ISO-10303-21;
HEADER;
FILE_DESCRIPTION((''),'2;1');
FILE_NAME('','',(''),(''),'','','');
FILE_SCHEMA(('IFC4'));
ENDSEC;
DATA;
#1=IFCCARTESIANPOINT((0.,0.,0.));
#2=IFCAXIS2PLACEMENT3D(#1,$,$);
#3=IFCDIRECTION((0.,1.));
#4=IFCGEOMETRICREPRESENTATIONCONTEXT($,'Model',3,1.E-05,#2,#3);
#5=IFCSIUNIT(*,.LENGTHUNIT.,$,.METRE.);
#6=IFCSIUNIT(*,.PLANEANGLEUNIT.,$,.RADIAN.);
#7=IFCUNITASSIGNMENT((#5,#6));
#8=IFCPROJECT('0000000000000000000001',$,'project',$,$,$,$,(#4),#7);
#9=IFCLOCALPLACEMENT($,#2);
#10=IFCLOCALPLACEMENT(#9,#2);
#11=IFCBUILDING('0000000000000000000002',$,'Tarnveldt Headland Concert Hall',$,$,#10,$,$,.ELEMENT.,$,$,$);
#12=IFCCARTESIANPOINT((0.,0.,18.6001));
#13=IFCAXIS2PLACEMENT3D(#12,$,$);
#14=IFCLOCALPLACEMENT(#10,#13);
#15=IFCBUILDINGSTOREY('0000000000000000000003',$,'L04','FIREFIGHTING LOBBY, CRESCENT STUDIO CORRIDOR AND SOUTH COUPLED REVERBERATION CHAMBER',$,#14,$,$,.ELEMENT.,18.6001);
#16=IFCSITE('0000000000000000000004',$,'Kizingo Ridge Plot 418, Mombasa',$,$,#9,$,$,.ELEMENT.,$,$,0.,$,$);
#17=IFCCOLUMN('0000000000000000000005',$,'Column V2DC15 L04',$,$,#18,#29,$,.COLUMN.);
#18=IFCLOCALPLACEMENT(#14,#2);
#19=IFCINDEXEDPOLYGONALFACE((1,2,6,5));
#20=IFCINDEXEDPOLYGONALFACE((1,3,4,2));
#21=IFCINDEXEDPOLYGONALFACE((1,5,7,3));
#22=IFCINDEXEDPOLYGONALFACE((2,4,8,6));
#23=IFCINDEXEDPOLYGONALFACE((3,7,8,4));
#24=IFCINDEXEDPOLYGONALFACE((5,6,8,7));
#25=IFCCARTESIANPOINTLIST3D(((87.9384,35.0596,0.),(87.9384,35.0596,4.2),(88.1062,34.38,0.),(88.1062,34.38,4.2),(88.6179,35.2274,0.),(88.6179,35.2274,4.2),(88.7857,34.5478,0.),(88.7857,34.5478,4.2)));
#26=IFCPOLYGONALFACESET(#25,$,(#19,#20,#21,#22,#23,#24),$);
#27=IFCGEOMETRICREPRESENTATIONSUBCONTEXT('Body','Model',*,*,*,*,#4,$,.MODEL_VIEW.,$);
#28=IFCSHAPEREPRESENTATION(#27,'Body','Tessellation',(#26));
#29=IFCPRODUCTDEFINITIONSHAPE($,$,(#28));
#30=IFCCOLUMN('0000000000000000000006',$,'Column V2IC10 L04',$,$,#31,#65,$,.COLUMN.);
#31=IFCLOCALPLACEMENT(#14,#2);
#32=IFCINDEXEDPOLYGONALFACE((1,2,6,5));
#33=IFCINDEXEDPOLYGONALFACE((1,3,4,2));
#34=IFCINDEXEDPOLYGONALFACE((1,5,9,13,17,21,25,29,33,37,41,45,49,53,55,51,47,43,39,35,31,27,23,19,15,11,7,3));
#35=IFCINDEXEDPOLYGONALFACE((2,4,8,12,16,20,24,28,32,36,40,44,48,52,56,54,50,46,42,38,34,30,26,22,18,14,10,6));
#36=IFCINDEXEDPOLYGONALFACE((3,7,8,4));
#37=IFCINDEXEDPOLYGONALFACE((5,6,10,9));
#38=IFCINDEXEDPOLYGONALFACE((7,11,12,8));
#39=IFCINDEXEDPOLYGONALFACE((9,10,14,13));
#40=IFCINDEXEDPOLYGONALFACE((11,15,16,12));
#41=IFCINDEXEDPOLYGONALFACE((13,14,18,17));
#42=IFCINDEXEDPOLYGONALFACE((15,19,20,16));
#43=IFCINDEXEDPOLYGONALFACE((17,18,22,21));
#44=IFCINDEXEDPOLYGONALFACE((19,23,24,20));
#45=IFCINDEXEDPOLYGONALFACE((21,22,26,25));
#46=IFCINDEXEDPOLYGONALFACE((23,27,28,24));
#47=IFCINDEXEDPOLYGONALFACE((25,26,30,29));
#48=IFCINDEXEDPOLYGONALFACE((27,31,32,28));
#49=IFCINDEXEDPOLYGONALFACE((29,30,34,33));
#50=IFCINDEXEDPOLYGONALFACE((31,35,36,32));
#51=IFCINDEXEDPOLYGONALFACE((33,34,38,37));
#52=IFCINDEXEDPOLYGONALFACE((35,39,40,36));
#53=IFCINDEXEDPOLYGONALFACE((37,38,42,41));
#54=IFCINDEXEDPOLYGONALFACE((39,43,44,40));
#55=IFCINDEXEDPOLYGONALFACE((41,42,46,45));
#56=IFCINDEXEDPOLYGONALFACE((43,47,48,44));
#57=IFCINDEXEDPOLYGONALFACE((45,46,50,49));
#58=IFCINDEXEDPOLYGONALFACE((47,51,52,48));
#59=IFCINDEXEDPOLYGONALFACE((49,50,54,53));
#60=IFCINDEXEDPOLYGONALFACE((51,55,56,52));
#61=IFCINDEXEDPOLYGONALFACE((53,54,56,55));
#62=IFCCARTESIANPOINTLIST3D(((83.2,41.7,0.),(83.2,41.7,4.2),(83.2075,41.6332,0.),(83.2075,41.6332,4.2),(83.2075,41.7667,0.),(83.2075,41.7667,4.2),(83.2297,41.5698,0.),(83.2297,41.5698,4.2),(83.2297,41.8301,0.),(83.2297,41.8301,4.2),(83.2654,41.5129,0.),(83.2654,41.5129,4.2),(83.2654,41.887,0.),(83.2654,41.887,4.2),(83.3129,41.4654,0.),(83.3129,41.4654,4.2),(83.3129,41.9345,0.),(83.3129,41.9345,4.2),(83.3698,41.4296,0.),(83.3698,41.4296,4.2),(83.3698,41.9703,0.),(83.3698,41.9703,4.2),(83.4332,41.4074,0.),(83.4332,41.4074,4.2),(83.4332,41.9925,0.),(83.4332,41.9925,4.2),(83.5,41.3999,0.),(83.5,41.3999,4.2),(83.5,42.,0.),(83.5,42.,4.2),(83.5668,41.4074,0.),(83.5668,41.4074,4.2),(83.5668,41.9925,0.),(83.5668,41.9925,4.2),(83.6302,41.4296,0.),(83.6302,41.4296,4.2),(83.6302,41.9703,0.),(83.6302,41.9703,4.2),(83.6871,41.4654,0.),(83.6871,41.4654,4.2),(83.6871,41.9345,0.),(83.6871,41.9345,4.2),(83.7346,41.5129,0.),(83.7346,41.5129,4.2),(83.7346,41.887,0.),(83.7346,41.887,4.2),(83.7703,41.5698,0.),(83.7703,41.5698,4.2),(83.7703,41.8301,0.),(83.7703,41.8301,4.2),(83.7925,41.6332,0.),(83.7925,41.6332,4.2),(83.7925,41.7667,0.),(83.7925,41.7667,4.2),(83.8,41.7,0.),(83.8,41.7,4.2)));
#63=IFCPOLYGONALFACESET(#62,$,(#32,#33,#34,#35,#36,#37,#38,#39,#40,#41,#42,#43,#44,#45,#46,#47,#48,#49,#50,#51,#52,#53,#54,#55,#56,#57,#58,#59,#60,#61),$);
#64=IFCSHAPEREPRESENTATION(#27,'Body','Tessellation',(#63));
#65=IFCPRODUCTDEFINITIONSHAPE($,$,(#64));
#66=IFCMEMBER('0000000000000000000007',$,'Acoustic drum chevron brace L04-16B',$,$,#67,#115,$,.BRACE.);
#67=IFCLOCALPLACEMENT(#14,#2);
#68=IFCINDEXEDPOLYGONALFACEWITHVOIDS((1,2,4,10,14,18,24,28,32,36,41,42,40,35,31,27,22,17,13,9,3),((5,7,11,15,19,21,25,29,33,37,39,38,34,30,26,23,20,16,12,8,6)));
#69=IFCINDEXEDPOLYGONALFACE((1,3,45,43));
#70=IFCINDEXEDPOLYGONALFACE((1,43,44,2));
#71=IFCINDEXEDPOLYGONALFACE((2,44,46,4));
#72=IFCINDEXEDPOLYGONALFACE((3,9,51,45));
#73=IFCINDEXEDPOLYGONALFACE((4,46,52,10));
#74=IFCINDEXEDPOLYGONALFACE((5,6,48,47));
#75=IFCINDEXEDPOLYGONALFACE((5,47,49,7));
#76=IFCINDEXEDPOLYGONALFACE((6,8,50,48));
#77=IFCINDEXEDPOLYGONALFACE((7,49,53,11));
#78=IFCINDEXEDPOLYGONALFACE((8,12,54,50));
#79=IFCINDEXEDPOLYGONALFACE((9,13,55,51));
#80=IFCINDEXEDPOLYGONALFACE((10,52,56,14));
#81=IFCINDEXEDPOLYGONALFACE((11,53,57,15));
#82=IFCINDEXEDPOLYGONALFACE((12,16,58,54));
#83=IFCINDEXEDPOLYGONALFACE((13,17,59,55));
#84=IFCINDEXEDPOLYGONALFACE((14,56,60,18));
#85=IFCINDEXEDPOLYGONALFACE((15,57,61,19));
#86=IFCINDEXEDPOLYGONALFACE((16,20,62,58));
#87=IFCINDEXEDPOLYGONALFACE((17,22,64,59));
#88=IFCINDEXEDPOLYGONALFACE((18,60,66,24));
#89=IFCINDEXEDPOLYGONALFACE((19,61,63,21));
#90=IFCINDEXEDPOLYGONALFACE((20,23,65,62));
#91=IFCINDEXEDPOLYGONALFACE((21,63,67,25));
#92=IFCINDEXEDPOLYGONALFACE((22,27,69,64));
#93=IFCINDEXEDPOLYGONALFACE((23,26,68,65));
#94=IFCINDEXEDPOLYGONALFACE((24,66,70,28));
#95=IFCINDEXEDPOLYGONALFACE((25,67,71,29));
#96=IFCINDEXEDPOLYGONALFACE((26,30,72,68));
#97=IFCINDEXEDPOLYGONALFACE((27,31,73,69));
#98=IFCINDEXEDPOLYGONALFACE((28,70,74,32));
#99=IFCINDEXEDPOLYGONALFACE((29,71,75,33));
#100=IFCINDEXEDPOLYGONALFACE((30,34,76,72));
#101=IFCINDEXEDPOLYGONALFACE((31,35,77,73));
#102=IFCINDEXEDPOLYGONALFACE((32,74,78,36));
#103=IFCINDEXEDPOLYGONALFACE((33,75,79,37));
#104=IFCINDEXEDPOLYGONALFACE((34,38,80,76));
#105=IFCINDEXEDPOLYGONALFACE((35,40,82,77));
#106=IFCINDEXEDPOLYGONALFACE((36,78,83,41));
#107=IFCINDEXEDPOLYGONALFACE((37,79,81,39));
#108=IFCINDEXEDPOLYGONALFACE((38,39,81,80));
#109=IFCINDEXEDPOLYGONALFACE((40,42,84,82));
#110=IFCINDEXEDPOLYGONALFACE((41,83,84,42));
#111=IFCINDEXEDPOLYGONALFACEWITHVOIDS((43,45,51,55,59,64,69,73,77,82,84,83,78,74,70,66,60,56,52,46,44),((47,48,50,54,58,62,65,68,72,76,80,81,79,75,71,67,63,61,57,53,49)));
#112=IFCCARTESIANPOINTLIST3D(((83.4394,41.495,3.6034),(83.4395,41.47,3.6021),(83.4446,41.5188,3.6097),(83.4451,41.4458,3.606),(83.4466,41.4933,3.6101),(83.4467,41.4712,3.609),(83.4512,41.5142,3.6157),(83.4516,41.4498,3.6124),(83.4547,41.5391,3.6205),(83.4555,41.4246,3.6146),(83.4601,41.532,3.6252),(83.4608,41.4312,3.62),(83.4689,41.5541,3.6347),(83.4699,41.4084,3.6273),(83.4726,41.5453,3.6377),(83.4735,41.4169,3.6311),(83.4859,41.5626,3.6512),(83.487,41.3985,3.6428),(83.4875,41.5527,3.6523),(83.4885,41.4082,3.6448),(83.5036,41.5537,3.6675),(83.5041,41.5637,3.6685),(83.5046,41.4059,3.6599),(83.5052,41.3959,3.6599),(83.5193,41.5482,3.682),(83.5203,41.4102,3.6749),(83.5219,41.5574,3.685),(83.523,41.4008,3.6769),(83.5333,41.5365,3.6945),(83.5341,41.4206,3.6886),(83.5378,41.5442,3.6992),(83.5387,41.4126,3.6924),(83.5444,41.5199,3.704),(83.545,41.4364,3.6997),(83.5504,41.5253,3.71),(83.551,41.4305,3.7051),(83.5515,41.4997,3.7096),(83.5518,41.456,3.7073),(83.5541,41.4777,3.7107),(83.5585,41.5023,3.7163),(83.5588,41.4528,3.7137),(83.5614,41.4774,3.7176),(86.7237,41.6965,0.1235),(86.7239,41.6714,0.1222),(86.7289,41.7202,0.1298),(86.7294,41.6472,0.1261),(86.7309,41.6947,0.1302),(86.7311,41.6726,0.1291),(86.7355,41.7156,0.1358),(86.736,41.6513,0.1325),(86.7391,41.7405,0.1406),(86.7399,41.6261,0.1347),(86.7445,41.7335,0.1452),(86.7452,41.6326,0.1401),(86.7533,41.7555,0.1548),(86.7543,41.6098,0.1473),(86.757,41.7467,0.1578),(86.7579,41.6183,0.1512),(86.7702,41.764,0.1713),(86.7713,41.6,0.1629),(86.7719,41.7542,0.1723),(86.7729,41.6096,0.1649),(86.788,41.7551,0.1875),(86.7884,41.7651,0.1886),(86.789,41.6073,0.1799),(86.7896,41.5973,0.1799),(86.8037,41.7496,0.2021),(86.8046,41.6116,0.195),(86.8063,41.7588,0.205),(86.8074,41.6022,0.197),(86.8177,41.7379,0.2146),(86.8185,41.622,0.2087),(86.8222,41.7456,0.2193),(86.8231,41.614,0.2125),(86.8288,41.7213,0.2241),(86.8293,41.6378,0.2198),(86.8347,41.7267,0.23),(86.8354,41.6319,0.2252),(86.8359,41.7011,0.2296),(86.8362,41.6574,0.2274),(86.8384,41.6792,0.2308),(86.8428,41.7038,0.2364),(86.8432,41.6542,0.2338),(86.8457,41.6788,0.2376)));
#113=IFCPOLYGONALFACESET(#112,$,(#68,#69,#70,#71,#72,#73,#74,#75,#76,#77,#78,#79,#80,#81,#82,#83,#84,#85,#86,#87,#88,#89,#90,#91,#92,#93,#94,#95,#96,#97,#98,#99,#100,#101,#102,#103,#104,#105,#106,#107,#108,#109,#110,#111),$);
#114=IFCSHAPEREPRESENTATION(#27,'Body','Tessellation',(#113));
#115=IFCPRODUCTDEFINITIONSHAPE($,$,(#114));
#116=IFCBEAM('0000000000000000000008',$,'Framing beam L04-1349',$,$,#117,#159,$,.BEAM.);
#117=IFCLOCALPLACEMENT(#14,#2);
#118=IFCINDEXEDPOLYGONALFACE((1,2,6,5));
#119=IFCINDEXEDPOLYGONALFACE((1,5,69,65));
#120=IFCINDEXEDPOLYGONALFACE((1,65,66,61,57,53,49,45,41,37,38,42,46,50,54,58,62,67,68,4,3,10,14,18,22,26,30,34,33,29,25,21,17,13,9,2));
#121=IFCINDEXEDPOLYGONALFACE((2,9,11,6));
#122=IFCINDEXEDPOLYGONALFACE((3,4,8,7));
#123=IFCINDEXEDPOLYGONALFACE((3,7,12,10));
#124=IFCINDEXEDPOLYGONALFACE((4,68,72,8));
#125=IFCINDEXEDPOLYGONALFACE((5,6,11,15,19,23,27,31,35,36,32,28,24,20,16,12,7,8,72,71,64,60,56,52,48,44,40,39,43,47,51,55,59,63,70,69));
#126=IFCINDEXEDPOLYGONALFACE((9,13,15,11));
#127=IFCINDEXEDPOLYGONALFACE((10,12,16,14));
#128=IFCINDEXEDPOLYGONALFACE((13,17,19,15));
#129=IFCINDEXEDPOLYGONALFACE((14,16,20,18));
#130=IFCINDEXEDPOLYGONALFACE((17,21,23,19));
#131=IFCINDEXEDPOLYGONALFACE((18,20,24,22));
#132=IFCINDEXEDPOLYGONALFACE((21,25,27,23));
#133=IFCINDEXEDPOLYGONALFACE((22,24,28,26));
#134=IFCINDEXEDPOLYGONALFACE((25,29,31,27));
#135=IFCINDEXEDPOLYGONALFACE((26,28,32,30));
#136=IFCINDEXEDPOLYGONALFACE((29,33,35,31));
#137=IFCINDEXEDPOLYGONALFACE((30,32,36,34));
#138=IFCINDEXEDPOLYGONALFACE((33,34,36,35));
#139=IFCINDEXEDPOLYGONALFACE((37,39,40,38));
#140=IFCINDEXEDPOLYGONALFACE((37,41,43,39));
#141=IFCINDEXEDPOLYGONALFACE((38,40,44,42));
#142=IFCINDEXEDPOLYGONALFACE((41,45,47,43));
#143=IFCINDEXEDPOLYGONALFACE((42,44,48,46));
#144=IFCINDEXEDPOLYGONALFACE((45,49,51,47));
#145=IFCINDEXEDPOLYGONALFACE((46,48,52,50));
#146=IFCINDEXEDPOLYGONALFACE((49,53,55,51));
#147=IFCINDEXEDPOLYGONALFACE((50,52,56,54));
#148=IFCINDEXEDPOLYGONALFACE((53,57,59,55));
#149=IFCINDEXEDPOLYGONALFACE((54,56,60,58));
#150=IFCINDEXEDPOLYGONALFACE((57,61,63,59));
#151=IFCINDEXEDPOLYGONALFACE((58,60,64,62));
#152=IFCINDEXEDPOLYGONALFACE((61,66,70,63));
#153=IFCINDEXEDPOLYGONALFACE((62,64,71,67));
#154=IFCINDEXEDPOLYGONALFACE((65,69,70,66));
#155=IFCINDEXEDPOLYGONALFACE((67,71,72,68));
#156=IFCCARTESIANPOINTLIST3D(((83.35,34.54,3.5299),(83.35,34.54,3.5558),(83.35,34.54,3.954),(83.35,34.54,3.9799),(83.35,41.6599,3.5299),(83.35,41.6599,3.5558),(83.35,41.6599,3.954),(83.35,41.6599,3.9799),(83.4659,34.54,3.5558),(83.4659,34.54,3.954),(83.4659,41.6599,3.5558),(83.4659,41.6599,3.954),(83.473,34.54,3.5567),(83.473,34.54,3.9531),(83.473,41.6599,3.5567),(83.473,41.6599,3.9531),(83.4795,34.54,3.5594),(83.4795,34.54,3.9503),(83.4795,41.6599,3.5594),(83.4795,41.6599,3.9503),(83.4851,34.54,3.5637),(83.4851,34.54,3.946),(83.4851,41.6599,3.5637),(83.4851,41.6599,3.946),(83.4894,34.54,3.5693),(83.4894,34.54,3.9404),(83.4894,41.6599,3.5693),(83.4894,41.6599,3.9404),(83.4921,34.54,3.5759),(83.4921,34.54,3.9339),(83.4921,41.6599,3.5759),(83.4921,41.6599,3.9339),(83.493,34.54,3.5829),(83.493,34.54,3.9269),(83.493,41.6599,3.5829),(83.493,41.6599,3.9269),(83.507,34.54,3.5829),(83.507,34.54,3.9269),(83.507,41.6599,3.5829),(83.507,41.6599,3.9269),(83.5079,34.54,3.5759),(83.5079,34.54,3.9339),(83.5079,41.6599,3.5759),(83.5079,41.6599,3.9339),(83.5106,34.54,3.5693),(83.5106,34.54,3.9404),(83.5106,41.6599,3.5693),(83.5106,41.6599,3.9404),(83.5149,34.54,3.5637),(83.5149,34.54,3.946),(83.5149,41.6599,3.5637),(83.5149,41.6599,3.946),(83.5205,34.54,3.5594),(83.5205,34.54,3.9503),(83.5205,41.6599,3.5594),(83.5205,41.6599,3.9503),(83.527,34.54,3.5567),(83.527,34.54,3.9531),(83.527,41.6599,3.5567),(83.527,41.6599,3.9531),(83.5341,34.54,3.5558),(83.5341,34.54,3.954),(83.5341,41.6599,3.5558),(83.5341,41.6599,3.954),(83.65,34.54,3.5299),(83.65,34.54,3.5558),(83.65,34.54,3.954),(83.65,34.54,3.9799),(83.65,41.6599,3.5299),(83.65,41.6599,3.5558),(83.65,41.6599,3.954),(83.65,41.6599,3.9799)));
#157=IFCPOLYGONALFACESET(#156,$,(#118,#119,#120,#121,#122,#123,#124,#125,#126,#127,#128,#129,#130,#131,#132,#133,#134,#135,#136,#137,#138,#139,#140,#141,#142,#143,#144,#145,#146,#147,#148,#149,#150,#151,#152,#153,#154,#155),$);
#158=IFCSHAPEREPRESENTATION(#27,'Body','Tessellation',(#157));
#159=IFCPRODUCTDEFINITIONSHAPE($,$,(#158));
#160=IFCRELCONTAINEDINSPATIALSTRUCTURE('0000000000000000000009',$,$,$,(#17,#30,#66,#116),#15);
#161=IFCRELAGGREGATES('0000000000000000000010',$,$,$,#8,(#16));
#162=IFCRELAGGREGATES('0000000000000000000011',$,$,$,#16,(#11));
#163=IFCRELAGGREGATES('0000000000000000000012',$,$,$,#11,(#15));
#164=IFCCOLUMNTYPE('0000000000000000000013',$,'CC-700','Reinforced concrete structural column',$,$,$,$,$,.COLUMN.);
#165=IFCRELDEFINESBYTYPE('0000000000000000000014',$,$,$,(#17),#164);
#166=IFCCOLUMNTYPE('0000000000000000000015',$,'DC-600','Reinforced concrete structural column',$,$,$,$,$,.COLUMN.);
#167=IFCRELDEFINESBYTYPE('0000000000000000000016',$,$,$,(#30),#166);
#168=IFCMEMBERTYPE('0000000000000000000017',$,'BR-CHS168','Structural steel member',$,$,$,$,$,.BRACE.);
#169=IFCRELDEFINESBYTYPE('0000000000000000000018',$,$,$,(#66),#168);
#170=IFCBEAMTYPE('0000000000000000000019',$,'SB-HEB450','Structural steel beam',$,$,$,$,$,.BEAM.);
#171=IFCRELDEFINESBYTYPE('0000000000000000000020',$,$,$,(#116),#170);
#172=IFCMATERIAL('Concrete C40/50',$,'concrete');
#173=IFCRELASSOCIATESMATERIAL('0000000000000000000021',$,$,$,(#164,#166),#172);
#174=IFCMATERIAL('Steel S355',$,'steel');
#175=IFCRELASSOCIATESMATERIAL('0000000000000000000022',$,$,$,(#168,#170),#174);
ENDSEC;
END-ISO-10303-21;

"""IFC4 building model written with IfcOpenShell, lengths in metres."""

from ifc_helpers import new_model, si_unit, direction, frame, origin, origin_2d, place, context, subcontext, project, spatial, rectangle, circle, hollow_circle, i_section, extrude, material, material_profile, profile_set, type_object, element, save


model = new_model("IFC4")

# Units and contexts
model_context = context("Model", 3, precision=1e-05, world=origin(), true_north=direction((0.0, 1.0)))
body_context = subcontext(model_context, "Body", "Model", "MODEL_VIEW")
ifc_project = project(units=[si_unit("LENGTHUNIT", "METRE"), si_unit("PLANEANGLEUNIT", "RADIAN")], contexts=[model_context])

# Site, building, storey
site_placement = place(None, origin())
site = spatial("IfcSite", under=ifc_project, at=site_placement, Name="Kizingo Ridge Plot 418, Mombasa", CompositionType="ELEMENT", RefElevation=0.0)
building_placement = place(site_placement, origin())
building = spatial("IfcBuilding", under=site, at=building_placement, Name="Tarnveldt Headland Concert Hall", CompositionType="ELEMENT")
storey_placement = place(building_placement, frame((0.0, 0.0, 18.6001)))
storey = spatial("IfcBuildingStorey", under=building, at=storey_placement, Name="L04", Description="FIREFIGHTING LOBBY, CRESCENT STUDIO CORRIDOR AND SOUTH COUPLED REVERBERATION CHAMBER", CompositionType="ELEMENT", Elevation=18.6001)

# Columns
ifc_material_1 = material(Name="Concrete C40/50", Category="concrete")
ifc_material_profile_1 = material_profile(ifc_material_1, rectangle(XDim=0.7, YDim=0.7, at=origin_2d()), Name="RC 700x700", Category="concrete")
ifc_profile_set_1 = profile_set([ifc_material_profile_1], Name="Concrete C40/50")
column_type_1 = type_object("IfcColumnType", Name="CC-700", Description="Reinforced concrete structural column", PredefinedType="COLUMN", material=ifc_profile_set_1)
column_1_placement = place(storey_placement, frame((88.3621, 34.8037, 0.0), z_axis=(0.0, 0.0, 1.0), x_axis=(0.23972, -0.970842, 0.0)))
element("IfcColumn", 1, at=column_1_placement, inside=storey, type_object=column_type_1, Name="Column V2DC15 L04", PredefinedType="COLUMN", context=body_context, shape_type="SweptSolid", body=[
    extrude(rectangle(XDim=0.7, YDim=0.7, at=origin_2d()), origin(), (0.0, 0.0, 1.0), 4.2),
])
ifc_material_profile_2 = material_profile(ifc_material_1, circle(Radius=0.3, at=origin_2d()), Name="RC D600", Category="concrete")
ifc_profile_set_2 = profile_set([ifc_material_profile_2], Name="Concrete C40/50")
column_type_2 = type_object("IfcColumnType", Name="DC-600", Description="Reinforced concrete structural column", PredefinedType="COLUMN", material=ifc_profile_set_2)
column_2_placement = place(storey_placement, frame((83.5, 41.7, 0.0), z_axis=(0.0, 0.0, 1.0), x_axis=(0.0, -1.0, 0.0)))
element("IfcColumn", 2, at=column_2_placement, inside=storey, type_object=column_type_2, Name="Column V2IC10 L04", PredefinedType="COLUMN", context=body_context, shape_type="SweptSolid", body=[
    extrude(circle(Radius=0.3, at=origin_2d()), origin(), (0.0, 0.0, 1.0), 4.2),
])

# Member
ifc_material_2 = material(Name="Steel S355", Category="steel")
ifc_material_profile_3 = material_profile(ifc_material_2, hollow_circle(Radius=0.0842, WallThickness=0.01, at=origin_2d()), Name="CHS 168.3x10", Category="steel")
ifc_profile_set_3 = profile_set([ifc_material_profile_3], Name="Steel S355")
member_type = type_object("IfcMemberType", Name="BR-CHS168", Description="Structural steel member", PredefinedType="BRACE", material=ifc_profile_set_3)
member_placement = place(storey_placement, frame((86.7844, 41.6814, 0.1799), z_axis=(-0.685771, -0.042055, 0.726602), x_axis=(0.06121, -0.998125, 0.0)))
element("IfcMember", 3, at=member_placement, inside=storey, type_object=member_type, Name="Acoustic drum chevron brace L04-16B", PredefinedType="BRACE", context=body_context, shape_type="SweptSolid", body=[
    extrude(hollow_circle(Radius=0.0842, WallThickness=0.01, at=origin_2d()), origin(), (0.0, 0.0, 1.0), 4.7893),
])

# Beam
ifc_material_profile_4 = material_profile(ifc_material_2, i_section(OverallWidth=0.3, OverallDepth=0.45, WebThickness=0.0139, FlangeThickness=0.0259, FilletRadius=0.0271, at=origin_2d()), Name="HEB450", Category="steel")
ifc_profile_set_4 = profile_set([ifc_material_profile_4], Name="Steel S355")
beam_type_1 = type_object("IfcBeamType", Name="SB-HEB450", Description="Structural steel beam", PredefinedType="BEAM", material=ifc_profile_set_4)
beam_1_placement = place(storey_placement, frame((83.5, 41.6599, 3.7549), z_axis=(0.0, -1.0, 0.0), x_axis=(1.0, 0.0, 0.0)))
element("IfcBeam", 4, at=beam_1_placement, inside=storey, type_object=beam_type_1, Name="Framing beam L04-1349", PredefinedType="BEAM", context=body_context, shape_type="SweptSolid", body=[
    extrude(i_section(OverallWidth=0.3, OverallDepth=0.45, WebThickness=0.0139, FlangeThickness=0.0259, FilletRadius=0.0271, at=origin_2d()), origin(), (0.0, 0.0, 1.0), 7.1199),
])

save(model, "model.ifc")
